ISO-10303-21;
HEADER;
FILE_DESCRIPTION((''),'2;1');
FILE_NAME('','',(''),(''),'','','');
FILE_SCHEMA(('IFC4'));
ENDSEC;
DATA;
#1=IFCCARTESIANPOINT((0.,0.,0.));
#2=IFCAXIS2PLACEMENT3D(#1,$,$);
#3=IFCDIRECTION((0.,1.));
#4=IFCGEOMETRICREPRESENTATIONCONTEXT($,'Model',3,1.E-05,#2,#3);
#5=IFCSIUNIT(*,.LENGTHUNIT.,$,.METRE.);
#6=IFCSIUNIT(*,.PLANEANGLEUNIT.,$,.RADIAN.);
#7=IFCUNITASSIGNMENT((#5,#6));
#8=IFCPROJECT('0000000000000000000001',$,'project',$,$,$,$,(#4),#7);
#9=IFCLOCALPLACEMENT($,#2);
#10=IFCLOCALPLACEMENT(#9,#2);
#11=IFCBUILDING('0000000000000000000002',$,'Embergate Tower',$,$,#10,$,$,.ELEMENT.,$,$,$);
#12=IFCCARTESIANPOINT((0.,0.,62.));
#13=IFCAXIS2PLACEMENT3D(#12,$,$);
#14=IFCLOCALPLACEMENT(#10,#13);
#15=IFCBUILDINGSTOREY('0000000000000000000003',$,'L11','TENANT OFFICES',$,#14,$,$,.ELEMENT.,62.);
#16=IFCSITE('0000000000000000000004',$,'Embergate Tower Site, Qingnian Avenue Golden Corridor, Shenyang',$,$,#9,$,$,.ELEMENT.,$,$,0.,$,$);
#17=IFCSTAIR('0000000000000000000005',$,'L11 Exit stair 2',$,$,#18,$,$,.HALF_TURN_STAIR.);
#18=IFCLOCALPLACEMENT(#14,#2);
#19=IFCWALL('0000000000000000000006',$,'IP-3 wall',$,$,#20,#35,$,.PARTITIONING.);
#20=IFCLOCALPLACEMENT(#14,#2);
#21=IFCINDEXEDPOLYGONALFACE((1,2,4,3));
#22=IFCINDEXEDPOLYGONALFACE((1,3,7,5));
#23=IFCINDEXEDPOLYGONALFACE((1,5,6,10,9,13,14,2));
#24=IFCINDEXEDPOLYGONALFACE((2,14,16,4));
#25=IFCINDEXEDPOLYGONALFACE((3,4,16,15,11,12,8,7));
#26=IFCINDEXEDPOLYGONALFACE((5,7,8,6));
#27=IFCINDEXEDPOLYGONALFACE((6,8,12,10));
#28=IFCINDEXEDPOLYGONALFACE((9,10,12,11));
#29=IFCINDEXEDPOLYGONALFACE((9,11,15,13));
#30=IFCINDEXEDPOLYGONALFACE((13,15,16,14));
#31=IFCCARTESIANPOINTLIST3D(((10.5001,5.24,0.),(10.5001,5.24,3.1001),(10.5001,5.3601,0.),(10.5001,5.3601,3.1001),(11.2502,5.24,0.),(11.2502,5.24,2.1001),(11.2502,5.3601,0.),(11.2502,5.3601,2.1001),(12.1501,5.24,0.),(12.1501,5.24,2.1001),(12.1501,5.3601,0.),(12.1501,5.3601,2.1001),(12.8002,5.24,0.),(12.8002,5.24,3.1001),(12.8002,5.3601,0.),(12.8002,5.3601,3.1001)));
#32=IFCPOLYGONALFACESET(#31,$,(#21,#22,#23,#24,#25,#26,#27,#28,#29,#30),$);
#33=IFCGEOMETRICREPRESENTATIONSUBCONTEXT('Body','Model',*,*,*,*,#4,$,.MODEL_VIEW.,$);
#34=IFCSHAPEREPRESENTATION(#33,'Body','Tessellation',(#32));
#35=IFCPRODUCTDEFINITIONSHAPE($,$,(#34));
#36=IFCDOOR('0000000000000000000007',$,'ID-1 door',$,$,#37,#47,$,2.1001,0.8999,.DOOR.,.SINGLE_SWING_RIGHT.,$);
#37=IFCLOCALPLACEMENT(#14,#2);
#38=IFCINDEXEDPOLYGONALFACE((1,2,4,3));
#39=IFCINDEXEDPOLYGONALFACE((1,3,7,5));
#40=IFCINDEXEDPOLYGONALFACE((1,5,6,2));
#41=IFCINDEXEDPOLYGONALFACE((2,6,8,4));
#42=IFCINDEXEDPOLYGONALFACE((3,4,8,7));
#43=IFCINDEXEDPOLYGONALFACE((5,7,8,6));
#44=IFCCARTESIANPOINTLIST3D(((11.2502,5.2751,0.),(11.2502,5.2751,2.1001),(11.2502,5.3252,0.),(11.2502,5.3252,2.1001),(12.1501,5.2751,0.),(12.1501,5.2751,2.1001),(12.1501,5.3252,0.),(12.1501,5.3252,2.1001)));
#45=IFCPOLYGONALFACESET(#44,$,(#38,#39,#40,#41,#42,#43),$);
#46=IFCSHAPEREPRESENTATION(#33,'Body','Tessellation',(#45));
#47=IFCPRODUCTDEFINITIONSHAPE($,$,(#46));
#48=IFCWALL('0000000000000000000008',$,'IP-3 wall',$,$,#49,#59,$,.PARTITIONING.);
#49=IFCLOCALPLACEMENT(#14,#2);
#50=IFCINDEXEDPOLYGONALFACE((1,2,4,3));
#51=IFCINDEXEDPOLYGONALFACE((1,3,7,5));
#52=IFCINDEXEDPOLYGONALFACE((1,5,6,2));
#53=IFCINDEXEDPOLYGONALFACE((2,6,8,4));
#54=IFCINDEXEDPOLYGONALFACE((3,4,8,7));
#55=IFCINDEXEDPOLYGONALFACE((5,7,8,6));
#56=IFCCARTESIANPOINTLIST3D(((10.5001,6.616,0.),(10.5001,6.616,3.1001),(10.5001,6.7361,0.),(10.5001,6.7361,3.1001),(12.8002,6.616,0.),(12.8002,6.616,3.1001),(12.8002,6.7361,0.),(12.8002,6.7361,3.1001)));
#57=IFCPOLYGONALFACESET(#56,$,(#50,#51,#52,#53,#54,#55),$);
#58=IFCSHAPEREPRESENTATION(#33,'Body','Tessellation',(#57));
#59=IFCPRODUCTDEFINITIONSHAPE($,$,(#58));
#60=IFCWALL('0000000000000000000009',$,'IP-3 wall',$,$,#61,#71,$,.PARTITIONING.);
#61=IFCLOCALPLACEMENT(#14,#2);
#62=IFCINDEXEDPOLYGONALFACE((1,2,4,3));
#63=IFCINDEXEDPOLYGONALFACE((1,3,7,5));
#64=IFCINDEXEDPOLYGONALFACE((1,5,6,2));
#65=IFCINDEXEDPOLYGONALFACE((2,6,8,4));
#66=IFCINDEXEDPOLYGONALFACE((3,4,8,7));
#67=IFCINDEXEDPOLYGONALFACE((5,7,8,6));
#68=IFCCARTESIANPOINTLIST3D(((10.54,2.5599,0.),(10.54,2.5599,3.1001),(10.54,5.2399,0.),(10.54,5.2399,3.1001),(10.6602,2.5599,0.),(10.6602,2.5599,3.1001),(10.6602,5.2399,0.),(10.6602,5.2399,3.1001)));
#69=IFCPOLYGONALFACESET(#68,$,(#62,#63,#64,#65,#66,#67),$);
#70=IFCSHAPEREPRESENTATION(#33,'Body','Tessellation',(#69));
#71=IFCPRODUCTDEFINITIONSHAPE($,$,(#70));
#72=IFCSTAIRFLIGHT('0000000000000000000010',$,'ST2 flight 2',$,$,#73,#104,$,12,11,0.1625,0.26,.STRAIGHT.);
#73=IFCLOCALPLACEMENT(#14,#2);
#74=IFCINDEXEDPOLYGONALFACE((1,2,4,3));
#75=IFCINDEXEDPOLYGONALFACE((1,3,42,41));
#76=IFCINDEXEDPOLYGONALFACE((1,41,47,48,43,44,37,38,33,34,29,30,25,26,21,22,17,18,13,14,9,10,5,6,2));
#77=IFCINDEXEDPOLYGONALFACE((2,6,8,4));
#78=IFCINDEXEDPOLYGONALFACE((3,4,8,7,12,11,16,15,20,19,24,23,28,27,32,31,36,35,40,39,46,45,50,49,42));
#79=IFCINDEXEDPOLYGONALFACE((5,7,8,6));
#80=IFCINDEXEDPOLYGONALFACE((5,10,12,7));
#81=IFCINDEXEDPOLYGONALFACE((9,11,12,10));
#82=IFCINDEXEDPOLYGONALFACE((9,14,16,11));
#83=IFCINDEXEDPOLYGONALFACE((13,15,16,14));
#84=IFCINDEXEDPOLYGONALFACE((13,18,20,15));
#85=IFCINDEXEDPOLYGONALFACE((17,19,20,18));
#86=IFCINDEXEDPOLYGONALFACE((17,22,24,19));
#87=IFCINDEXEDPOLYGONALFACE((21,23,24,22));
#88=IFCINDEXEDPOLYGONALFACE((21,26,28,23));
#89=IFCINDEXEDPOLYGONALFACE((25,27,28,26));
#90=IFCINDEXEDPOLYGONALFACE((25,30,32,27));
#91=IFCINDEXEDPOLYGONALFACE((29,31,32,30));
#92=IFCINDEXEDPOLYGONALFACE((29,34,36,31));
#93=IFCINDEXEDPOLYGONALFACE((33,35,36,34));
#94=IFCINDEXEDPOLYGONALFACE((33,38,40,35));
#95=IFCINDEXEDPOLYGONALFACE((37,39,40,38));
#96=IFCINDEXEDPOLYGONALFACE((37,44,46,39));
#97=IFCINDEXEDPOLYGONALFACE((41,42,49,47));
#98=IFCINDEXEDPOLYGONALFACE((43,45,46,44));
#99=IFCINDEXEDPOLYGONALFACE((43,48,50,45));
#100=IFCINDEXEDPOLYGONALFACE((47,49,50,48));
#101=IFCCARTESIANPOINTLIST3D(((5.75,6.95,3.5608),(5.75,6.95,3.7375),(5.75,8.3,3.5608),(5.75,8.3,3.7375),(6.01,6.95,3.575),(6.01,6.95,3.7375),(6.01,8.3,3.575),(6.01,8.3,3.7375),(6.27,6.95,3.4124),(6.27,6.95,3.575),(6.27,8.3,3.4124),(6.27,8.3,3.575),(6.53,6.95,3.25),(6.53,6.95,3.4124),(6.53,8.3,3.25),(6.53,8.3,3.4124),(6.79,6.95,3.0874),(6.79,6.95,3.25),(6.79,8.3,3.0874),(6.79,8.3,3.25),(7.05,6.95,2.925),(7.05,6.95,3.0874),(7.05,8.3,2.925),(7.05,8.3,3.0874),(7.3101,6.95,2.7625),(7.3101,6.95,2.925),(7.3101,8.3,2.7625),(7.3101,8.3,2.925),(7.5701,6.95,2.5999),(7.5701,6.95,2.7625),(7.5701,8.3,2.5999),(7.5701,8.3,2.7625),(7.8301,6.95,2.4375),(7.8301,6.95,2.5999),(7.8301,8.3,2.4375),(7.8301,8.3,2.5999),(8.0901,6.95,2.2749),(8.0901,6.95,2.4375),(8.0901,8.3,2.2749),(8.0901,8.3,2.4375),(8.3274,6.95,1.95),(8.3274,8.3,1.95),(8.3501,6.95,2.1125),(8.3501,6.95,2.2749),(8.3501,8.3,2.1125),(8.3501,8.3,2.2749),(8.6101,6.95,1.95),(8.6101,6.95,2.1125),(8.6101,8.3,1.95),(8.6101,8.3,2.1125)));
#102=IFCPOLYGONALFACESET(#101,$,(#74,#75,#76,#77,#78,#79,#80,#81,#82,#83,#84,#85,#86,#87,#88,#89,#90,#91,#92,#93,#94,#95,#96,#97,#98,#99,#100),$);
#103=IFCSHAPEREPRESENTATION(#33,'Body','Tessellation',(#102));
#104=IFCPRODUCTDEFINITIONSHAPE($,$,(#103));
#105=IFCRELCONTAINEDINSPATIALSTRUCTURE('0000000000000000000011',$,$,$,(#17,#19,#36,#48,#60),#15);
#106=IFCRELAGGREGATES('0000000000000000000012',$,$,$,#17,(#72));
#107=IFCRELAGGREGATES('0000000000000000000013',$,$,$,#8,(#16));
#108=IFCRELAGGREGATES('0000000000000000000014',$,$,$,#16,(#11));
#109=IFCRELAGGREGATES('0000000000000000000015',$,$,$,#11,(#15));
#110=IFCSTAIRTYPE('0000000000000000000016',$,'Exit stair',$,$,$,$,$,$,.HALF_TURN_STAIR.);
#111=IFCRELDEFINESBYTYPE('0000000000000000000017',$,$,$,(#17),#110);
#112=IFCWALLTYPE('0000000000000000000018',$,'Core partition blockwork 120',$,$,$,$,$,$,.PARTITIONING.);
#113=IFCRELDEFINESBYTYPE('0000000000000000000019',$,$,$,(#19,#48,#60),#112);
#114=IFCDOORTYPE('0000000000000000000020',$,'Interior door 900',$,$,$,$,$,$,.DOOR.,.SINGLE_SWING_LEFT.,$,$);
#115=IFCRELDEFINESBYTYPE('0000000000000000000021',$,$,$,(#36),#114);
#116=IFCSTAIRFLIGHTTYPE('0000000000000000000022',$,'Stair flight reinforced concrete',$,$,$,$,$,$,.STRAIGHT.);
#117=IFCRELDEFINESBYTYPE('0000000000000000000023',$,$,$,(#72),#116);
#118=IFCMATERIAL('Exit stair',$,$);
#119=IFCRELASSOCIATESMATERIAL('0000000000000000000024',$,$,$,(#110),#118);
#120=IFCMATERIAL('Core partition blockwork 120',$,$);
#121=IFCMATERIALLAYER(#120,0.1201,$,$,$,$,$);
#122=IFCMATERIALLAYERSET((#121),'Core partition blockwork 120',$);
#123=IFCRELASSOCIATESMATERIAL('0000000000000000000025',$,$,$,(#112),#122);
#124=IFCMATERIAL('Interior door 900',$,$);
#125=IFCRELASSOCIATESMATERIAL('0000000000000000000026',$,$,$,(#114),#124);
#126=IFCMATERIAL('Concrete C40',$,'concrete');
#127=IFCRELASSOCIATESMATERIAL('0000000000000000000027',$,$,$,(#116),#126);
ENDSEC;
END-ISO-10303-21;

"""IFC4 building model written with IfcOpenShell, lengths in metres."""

from ifc_helpers import new_model, si_unit, direction, frame, frame_2d, origin, place, context, subcontext, project, spatial, polyline, rectangle, outline, extrude, source, transform, mapped, material, layer, layer_set, type_object, element, fill, aggregate, save


model = new_model("IFC4")

# Units and contexts
model_context = context("Model", 3, precision=1e-05, world=origin(), true_north=direction((0.0, 1.0)))
body_context = subcontext(model_context, "Body", "Model", "MODEL_VIEW")
ifc_project = project(units=[si_unit("LENGTHUNIT", "METRE"), si_unit("PLANEANGLEUNIT", "RADIAN")], contexts=[model_context])

# Site, building, storey
site_placement = place(None, origin())
site = spatial("IfcSite", under=ifc_project, at=site_placement, Name="Embergate Tower Site, Qingnian Avenue Golden Corridor, Shenyang", CompositionType="ELEMENT", RefElevation=0.0)
building_placement = place(site_placement, origin())
building = spatial("IfcBuilding", under=site, at=building_placement, Name="Embergate Tower", CompositionType="ELEMENT")
storey_placement = place(building_placement, frame((0.0, 0.0, 62.0)))
storey = spatial("IfcBuildingStorey", under=building, at=storey_placement, Name="L11", Description="TENANT OFFICES", CompositionType="ELEMENT", Elevation=62.0)

# Stair
ifc_material_1 = material(Name="Exit stair")
stair_type = type_object("IfcStairType", Name="Exit stair", PredefinedType="HALF_TURN_STAIR", material=ifc_material_1)
stair_placement = place(storey_placement, origin())
stair = element("IfcStair", 1, at=stair_placement, inside=storey, type_object=stair_type, Name="L11 Exit stair 2", PredefinedType="HALF_TURN_STAIR")
ifc_material_2 = material(Name="Concrete C40", Category="concrete")

# Shared definitions
ifc_material_3 = material(Name="Core partition blockwork 120")
ifc_layer_1 = layer(ifc_material_3, 0.1201)
ifc_layer_set_1 = layer_set([ifc_layer_1], Name="Core partition blockwork 120")
wall_type_1 = type_object("IfcWallType", Name="Core partition blockwork 120", PredefinedType="PARTITIONING", material=ifc_layer_set_1)

# Wall, opening, door
shared_shape_1 = source(origin(), body_context, "Body", "SweptSolid", [
    extrude(rectangle(XDim=2.3, YDim=0.1201, at=frame_2d((1.1499, 0.0))), origin(), (0.0, 0.0, 1.0), 3.1001),
])
shared_shape_2 = source(origin(), body_context, "Body", "SweptSolid", [
    extrude(rectangle(XDim=0.8999, YDim=2.1001, at=frame_2d((0.45, 1.05))), frame((0.0, 0.0701, 0.0), z_axis=(0.0, -1.0, 0.0), x_axis=(1.0, 0.0, 0.0)), (0.0, 0.0, 1.0), 0.1401),
])
ifc_material_4 = material(Name="Interior door 900")
door_type_1 = type_object("IfcDoorType", Name="Interior door 900", OperationType="SINGLE_SWING_LEFT", PredefinedType="DOOR", material=ifc_material_4)
shared_shape_3 = source(origin(), body_context, "Body", "SweptSolid", [
    extrude(rectangle(XDim=0.8999, YDim=2.1001, at=frame_2d((0.45, 1.05))), frame((0.0, 0.0249, 0.0), z_axis=(0.0, -1.0, 0.0), x_axis=(1.0, 0.0, 0.0)), (0.0, 0.0, 1.0), 0.05),
])
wall_1_placement = place(storey_placement, frame((12.8, 5.3, 0.0), z_axis=(0.0, 0.0, 1.0), x_axis=(-1.0, 0.0, 0.0)))
wall_1 = element("IfcWall", 2, at=wall_1_placement, inside=storey, type_object=wall_type_1, Name="IP-3 wall", PredefinedType="PARTITIONING", context=body_context, shape_type="MappedRepresentation", body=[
    mapped(shared_shape_1, transform((0.0, 0.0, 0.0))),
])
opening_1_placement = place(wall_1_placement, frame((0.6499, 0.0, 0.0)))
opening_1 = element("IfcOpeningElement", 3, at=opening_1_placement, cuts=wall_1, PredefinedType="OPENING", context=body_context, shape_type="MappedRepresentation", body=[
    mapped(shared_shape_2, transform((0.0, 0.0, 0.0))),
])
door_1_placement = place(opening_1_placement, origin())
door_1 = element("IfcDoor", 4, at=door_1_placement, inside=storey, type_object=door_type_1, Name="ID-1 door", OperationType="SINGLE_SWING_RIGHT", OverallHeight=2.1001, OverallWidth=0.8999, PredefinedType="DOOR", context=body_context, shape_type="MappedRepresentation", body=[
    mapped(shared_shape_3, transform((0.0, 0.0, 0.0))),
])
fill(opening_1, door_1)

# Walls
wall_2_placement = place(storey_placement, frame((12.8, 6.676, 0.0), z_axis=(0.0, 0.0, 1.0), x_axis=(-1.0, 0.0, 0.0)))
element("IfcWall", 5, at=wall_2_placement, inside=storey, type_object=wall_type_1, Name="IP-3 wall", PredefinedType="PARTITIONING", context=body_context, shape_type="MappedRepresentation", body=[
    mapped(shared_shape_1, transform((0.0, 0.0, 0.0))),
])
shared_shape_4 = source(origin(), body_context, "Body", "SweptSolid", [
    extrude(rectangle(XDim=2.6799, YDim=0.1201, at=frame_2d((1.3398, 0.0))), origin(), (0.0, 0.0, 1.0), 3.1001),
])
wall_3_placement = place(storey_placement, frame((10.6001, 2.5601, 0.0), z_axis=(0.0, 0.0, 1.0), x_axis=(0.0, 1.0, 0.0)))
element("IfcWall", 6, at=wall_3_placement, inside=storey, type_object=wall_type_1, Name="IP-3 wall", PredefinedType="PARTITIONING", context=body_context, shape_type="MappedRepresentation", body=[
    mapped(shared_shape_4, transform((0.0, 0.0, 0.0))),
])

# Stair flight
stair_flight_type = type_object("IfcStairFlightType", Name="Stair flight reinforced concrete", PredefinedType="STRAIGHT", material=ifc_material_2)
shared_shape_5 = source(origin(), body_context, "Body", "SweptSolid", [
    extrude(outline(polyline([(0.0, 0.0), (0.0, 0.1626), (0.26, 0.1626), (0.26, 0.325), (0.52, 0.325), (0.52, 0.4875), (0.78, 0.4875), (0.78, 0.6499), (1.04, 0.6499), (1.04, 0.8125), (1.3, 0.8125), (1.3, 0.9751), (1.5601, 0.9751), (1.5601, 1.1375), (1.8201, 1.1375), (1.8201, 1.3), (2.0801, 1.3), (2.0801, 1.4624), (2.3401, 1.4624), (2.3401, 1.625), (2.6001, 1.625), (2.6001, 1.7876), (2.8601, 1.7876), (2.8601, 1.95), (2.8601, 1.6108), (0.2827, 0.0), (0.0, 0.0)])), frame((0.0, 0.675, 0.0), z_axis=(0.0, -1.0, 0.0), x_axis=(1.0, 0.0, 0.0)), (0.0, 0.0, 1.0), 1.3501),
])
stair_flight_placement = place(storey_placement, frame((8.6101, 7.625, 1.95), z_axis=(0.0, 0.0, 1.0), x_axis=(-1.0, 0.0, 0.0)))
stair_flight = element("IfcStairFlight", 7, at=stair_flight_placement, type_object=stair_flight_type, Name="ST2 flight 2", NumberOfRisers=12, NumberOfTreads=11, PredefinedType="STRAIGHT", RiserHeight=0.1625, TreadLength=0.26, context=body_context, shape_type="MappedRepresentation", body=[
    mapped(shared_shape_5, transform((0.0, 0.0, 0.0))),
])
aggregate(stair, [stair_flight])

save(model, "model.ifc")
